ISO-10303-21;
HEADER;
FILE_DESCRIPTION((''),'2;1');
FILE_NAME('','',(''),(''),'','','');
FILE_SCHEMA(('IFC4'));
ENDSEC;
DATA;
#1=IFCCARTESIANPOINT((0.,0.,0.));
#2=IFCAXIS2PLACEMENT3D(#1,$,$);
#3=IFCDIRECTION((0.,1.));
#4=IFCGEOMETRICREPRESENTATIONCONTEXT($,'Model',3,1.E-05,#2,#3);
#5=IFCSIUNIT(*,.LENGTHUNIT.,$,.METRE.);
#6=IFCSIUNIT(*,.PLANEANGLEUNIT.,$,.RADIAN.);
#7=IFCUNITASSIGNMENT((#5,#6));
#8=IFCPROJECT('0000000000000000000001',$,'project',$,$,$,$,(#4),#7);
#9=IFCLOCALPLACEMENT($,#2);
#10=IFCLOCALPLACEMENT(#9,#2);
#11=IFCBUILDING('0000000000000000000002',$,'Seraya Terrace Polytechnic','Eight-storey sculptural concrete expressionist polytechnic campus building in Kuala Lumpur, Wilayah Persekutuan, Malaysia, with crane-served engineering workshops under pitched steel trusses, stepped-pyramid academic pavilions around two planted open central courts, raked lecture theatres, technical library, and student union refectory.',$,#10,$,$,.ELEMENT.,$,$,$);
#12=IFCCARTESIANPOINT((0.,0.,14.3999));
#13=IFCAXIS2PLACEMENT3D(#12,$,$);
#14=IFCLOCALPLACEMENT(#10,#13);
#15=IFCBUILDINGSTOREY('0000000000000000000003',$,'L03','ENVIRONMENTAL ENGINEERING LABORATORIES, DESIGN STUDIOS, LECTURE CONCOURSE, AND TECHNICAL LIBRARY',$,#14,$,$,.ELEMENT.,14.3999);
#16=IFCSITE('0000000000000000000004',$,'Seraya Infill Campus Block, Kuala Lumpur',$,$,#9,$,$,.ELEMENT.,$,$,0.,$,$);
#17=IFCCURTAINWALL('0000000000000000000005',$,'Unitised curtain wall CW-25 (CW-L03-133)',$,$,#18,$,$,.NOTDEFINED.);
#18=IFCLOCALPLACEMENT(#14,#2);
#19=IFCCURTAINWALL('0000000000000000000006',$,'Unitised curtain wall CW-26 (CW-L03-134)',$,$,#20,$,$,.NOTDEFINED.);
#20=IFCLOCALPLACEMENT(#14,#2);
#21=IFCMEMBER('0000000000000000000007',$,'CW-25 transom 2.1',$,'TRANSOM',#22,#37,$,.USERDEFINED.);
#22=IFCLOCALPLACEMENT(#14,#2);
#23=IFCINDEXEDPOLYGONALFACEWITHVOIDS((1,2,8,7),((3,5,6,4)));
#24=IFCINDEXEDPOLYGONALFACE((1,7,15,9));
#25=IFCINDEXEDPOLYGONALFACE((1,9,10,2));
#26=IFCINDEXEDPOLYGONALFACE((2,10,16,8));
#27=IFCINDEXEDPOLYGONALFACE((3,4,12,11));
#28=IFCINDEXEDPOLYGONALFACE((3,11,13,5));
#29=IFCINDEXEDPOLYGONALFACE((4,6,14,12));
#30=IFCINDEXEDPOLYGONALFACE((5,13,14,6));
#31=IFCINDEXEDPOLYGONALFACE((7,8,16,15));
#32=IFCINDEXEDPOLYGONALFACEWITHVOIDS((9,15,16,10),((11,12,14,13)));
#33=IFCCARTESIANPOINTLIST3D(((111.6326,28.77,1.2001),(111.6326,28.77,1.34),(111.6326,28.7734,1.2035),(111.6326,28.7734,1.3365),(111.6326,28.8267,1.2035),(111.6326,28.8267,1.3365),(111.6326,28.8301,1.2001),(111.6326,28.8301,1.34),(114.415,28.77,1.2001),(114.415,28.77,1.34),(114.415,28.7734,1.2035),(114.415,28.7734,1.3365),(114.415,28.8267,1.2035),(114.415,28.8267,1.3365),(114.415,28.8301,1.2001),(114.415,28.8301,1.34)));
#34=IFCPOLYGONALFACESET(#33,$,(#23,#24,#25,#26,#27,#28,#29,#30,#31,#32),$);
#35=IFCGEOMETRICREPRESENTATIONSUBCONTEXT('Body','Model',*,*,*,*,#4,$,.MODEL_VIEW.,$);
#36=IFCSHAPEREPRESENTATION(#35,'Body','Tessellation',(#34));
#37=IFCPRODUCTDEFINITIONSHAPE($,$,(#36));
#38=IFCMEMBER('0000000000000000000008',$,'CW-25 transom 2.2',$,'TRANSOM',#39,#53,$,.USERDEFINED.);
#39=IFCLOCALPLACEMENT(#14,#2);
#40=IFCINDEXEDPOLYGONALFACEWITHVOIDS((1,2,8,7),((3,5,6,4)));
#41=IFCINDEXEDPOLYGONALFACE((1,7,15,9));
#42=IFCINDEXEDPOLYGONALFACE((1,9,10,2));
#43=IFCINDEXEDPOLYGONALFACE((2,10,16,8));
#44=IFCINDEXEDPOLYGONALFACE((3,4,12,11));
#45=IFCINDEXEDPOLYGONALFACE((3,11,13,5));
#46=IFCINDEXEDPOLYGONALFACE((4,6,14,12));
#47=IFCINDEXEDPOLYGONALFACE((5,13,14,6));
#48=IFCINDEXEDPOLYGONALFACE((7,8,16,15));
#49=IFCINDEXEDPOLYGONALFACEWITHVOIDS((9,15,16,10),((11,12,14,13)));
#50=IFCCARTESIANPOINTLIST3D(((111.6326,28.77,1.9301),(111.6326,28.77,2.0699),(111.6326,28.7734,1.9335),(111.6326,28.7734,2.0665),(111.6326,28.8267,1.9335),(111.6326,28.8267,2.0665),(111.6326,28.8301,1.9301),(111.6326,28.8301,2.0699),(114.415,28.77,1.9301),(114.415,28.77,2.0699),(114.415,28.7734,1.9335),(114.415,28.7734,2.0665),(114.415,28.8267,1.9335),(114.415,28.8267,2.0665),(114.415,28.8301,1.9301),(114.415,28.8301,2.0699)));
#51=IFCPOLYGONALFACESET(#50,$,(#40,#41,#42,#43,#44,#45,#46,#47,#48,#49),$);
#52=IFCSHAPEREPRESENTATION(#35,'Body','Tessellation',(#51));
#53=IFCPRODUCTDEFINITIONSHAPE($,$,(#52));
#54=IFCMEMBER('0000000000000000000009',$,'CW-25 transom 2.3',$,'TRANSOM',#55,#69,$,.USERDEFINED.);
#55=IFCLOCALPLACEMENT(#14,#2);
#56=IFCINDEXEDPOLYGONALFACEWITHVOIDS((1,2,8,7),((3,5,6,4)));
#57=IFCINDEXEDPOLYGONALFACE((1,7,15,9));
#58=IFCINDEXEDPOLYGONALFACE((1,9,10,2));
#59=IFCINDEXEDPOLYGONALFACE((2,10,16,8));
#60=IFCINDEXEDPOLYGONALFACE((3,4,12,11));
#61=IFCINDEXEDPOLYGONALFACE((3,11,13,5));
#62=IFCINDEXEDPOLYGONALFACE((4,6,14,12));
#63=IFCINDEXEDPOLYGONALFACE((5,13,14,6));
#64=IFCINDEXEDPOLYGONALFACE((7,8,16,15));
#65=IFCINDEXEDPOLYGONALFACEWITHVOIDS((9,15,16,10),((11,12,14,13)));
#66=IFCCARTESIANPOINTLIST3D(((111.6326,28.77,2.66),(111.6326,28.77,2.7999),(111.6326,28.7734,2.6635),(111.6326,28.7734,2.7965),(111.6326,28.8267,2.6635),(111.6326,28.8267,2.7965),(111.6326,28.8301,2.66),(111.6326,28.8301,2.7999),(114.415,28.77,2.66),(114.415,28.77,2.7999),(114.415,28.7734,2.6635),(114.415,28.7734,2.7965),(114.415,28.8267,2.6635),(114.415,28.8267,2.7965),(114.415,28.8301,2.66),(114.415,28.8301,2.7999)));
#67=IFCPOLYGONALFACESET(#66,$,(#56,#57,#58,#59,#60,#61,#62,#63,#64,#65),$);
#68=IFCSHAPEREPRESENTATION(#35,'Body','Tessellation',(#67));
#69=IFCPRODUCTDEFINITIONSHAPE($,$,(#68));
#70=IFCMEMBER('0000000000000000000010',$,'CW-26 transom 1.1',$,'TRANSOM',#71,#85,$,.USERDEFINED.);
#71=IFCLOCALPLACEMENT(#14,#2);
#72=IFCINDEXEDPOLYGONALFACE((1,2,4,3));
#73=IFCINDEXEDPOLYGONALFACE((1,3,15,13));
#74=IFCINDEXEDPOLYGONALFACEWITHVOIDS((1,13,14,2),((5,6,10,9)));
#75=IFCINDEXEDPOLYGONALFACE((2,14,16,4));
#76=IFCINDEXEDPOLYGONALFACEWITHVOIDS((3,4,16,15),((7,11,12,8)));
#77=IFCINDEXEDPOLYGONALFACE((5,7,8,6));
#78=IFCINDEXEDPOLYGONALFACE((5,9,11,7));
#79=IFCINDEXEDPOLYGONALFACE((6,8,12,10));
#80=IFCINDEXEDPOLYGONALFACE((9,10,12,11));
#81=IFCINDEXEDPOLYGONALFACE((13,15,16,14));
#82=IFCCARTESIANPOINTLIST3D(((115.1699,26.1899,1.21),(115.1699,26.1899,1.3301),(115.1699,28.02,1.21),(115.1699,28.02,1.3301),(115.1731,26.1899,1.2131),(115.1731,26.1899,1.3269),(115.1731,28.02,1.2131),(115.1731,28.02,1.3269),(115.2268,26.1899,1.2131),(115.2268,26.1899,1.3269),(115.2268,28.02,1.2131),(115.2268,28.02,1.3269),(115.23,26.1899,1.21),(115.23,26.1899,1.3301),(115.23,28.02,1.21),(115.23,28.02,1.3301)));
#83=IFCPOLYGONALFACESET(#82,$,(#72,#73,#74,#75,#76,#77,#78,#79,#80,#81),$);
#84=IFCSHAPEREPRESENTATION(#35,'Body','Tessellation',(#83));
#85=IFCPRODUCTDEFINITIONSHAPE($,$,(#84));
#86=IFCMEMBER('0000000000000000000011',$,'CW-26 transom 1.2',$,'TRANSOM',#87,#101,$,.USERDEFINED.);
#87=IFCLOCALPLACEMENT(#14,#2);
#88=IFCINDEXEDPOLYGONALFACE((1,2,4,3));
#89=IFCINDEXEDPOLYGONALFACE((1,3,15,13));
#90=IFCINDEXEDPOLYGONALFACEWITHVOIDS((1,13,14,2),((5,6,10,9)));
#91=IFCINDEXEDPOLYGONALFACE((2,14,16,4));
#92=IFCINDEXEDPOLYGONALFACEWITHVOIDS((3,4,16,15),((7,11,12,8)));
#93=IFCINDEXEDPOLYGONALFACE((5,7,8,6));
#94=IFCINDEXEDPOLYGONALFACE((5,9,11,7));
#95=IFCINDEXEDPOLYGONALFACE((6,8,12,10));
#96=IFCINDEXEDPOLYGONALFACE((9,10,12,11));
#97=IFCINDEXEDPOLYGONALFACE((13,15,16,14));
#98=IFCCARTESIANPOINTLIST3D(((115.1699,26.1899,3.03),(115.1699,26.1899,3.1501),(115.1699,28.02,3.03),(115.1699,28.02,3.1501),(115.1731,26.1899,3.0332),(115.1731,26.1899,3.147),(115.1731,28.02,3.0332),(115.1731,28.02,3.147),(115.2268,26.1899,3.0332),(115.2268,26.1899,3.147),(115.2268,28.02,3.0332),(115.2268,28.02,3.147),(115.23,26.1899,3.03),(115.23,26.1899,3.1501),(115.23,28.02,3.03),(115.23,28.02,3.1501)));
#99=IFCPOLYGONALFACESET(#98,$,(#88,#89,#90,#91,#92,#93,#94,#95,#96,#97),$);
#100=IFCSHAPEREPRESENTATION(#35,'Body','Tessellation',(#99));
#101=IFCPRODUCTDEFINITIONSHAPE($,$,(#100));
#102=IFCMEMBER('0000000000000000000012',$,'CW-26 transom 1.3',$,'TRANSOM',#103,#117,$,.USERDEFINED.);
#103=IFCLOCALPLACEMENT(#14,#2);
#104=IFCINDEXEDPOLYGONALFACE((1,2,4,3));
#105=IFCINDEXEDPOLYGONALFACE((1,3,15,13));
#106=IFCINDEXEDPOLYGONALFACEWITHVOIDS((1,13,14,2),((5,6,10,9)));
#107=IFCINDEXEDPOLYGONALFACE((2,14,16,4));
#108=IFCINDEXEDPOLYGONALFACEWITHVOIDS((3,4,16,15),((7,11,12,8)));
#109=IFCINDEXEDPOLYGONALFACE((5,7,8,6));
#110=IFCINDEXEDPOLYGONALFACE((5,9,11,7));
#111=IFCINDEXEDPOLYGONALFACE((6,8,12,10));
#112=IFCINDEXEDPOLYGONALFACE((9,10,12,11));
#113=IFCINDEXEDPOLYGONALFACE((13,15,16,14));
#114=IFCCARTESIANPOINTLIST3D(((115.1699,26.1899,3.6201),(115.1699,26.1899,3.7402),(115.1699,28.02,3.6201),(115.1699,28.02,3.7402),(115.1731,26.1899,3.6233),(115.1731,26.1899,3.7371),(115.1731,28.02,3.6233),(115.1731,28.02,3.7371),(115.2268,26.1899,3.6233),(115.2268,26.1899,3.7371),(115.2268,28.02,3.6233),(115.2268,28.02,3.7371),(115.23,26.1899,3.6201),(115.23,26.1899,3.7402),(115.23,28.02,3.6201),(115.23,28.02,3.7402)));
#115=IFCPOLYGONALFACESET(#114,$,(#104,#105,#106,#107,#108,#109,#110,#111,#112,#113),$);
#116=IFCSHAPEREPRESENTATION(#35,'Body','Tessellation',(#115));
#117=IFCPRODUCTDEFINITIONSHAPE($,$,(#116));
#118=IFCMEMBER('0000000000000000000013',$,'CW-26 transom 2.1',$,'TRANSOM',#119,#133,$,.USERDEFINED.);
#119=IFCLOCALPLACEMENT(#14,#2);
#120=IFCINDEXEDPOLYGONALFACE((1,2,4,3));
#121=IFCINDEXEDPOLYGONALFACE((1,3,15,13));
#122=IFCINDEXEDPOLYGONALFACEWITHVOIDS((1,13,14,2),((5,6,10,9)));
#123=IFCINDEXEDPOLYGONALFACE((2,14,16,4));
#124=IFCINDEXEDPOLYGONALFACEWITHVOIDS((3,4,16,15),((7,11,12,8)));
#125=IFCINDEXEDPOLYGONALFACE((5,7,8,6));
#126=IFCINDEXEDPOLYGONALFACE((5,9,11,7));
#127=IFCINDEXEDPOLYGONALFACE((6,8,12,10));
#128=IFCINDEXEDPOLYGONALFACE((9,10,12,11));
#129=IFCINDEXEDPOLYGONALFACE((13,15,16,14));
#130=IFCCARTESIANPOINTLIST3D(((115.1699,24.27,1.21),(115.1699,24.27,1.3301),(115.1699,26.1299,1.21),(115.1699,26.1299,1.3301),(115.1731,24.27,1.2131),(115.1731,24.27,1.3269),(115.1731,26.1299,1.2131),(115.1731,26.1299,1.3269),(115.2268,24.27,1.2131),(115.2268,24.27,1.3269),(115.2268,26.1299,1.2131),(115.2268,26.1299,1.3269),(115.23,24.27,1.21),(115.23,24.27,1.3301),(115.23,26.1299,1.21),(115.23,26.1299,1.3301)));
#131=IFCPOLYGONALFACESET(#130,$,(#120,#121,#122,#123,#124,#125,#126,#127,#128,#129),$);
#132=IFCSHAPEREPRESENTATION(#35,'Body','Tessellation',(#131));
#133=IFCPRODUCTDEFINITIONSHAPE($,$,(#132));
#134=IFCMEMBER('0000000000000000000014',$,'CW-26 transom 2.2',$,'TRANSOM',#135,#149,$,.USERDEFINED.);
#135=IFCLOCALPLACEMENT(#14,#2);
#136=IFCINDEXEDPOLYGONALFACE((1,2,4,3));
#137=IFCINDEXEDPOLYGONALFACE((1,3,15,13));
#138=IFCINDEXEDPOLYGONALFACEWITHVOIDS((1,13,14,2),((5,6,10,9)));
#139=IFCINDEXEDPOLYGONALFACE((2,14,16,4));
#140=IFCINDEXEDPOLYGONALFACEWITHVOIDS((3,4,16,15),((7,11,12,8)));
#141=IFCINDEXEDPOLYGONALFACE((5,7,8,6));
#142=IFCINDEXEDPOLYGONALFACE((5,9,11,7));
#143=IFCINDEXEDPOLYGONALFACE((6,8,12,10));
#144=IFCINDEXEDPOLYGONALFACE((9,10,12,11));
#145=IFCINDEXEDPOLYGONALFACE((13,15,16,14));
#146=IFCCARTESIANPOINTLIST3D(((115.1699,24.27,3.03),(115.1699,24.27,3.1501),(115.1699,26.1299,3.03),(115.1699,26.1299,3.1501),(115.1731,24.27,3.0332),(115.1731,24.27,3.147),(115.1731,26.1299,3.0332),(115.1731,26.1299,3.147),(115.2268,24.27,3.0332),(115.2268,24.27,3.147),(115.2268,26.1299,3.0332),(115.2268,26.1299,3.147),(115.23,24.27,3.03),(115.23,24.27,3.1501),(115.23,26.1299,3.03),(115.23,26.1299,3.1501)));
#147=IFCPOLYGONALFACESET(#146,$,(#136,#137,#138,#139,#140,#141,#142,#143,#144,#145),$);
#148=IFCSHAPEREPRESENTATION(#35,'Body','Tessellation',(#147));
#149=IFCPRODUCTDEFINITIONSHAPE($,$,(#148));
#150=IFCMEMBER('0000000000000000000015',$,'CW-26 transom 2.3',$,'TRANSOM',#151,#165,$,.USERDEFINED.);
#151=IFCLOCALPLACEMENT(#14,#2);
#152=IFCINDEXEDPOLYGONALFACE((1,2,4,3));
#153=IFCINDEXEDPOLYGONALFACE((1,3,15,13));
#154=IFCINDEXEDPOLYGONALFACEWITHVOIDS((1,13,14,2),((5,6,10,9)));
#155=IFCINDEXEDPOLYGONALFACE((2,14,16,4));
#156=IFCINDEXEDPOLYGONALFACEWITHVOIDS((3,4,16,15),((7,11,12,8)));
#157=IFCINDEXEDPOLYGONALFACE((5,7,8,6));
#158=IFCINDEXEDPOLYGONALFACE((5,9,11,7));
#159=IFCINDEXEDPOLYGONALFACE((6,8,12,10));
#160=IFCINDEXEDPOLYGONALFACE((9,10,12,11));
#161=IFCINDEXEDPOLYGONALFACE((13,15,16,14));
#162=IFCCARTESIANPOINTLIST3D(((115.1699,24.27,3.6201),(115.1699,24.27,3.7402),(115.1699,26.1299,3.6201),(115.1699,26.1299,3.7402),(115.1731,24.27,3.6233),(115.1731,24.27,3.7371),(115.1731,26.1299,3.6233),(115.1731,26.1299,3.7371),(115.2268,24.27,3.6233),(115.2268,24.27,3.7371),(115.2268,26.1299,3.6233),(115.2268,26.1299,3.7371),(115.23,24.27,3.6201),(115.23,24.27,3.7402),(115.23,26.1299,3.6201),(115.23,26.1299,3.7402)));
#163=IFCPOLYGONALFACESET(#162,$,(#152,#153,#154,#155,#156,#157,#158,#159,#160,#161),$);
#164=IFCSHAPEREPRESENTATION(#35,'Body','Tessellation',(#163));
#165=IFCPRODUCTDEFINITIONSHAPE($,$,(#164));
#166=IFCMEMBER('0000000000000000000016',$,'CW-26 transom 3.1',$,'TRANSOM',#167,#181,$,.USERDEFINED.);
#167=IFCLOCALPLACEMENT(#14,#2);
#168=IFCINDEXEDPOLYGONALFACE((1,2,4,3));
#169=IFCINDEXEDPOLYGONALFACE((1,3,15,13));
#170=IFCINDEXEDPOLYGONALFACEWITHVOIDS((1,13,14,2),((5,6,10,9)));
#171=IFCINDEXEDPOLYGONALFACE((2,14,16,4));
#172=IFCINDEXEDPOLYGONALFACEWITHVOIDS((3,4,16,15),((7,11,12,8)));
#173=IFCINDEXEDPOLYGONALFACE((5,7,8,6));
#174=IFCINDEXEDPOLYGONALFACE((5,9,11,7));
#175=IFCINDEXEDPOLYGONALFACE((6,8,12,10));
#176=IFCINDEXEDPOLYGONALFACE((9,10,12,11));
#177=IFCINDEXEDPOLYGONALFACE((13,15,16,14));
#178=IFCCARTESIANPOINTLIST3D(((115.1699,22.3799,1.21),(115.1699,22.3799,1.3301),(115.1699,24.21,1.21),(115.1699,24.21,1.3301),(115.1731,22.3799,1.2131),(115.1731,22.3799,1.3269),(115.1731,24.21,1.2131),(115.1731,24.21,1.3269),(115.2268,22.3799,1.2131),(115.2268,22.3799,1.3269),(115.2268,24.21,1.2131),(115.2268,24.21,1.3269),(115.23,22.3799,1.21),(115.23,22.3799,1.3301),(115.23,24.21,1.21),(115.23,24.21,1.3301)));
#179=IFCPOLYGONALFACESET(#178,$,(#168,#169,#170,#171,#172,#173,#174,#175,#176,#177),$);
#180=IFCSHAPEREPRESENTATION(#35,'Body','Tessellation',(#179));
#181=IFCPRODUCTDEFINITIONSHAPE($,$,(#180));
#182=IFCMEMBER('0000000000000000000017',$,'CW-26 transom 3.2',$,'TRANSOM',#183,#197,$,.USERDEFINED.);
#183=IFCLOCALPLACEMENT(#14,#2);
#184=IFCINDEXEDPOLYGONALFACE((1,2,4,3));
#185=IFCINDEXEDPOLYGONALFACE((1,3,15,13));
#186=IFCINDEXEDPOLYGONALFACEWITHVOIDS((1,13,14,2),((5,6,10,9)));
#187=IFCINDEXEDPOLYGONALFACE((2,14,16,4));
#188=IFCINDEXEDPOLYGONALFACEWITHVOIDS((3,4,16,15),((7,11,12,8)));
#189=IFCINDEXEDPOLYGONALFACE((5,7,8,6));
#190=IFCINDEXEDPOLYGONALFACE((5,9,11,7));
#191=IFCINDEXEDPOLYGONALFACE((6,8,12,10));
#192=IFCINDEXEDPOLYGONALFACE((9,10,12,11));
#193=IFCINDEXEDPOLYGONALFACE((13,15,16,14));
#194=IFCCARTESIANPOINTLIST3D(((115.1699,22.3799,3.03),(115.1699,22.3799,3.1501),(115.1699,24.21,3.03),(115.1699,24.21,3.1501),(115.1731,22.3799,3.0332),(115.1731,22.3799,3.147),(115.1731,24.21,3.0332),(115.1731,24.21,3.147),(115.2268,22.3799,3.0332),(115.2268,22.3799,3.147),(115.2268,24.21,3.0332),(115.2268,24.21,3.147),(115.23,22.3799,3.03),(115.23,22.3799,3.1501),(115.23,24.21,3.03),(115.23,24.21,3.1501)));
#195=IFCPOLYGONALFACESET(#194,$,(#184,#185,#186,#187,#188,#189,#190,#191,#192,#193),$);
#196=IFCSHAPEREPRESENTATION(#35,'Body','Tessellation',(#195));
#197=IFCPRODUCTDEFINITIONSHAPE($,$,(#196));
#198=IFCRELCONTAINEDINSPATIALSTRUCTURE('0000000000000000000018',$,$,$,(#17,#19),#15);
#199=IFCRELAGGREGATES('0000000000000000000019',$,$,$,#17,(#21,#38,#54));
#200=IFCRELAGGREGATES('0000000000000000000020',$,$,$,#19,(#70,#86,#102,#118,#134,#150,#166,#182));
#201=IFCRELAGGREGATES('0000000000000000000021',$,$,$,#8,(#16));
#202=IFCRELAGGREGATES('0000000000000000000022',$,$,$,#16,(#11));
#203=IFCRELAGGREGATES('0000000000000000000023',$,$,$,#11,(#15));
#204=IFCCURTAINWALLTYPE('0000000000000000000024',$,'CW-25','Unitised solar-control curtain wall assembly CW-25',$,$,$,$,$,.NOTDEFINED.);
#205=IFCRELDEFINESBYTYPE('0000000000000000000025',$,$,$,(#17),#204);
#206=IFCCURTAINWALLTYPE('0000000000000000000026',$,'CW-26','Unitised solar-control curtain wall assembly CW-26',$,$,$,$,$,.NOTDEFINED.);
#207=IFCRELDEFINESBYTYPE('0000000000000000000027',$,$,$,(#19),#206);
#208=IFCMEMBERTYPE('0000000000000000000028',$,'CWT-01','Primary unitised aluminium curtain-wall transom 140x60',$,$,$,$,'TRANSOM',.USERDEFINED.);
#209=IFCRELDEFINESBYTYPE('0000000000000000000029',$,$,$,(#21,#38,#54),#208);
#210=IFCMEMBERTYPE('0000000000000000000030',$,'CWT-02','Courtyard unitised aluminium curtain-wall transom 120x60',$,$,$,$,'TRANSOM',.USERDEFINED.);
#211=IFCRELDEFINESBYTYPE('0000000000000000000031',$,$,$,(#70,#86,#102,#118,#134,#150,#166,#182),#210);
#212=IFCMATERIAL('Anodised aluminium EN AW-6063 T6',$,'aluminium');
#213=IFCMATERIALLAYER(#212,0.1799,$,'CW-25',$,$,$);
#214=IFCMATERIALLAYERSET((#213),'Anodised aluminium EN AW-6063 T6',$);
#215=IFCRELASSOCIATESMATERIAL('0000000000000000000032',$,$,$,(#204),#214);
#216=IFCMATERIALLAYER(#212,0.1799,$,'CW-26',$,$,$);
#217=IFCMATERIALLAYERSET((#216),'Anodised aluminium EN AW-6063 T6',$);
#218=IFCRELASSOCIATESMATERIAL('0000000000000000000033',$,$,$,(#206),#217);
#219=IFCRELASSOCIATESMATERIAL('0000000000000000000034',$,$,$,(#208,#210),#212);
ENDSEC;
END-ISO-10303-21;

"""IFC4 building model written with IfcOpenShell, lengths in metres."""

from ifc_helpers import new_model, si_unit, direction, frame, origin, origin_2d, place, context, subcontext, project, spatial, hollow_rectangle, extrude, material, layer, layer_set, material_profile, profile_set, type_object, element, aggregate, save


model = new_model("IFC4")

# Units and contexts
model_context = context("Model", 3, precision=1e-05, world=origin(), true_north=direction((0.0, 1.0)))
body_context = subcontext(model_context, "Body", "Model", "MODEL_VIEW")
ifc_project = project(units=[si_unit("LENGTHUNIT", "METRE"), si_unit("PLANEANGLEUNIT", "RADIAN")], contexts=[model_context])

# Site, building, storey
site_placement = place(None, origin())
site = spatial("IfcSite", under=ifc_project, at=site_placement, Name="Seraya Infill Campus Block, Kuala Lumpur", CompositionType="ELEMENT", RefElevation=0.0)
building_placement = place(site_placement, origin())
building = spatial("IfcBuilding", under=site, at=building_placement, Name="Seraya Terrace Polytechnic", Description="Eight-storey sculptural concrete expressionist polytechnic campus building in Kuala Lumpur, Wilayah Persekutuan, Malaysia, with crane-served engineering workshops under pitched steel trusses, stepped-pyramid academic pavilions around two planted open central courts, raked lecture theatres, technical library, and student union refectory.", CompositionType="ELEMENT")
storey_placement = place(building_placement, frame((0.0, 0.0, 14.3999)))
storey = spatial("IfcBuildingStorey", under=building, at=storey_placement, Name="L03", Description="ENVIRONMENTAL ENGINEERING LABORATORIES, DESIGN STUDIOS, LECTURE CONCOURSE, AND TECHNICAL LIBRARY", CompositionType="ELEMENT", Elevation=14.3999)

# Curtain walls
ifc_material_1 = material(Name="Anodised aluminium EN AW-6063 T6", Category="aluminium")
ifc_layer_1 = layer(ifc_material_1, 0.1799, Name="CW-25")
ifc_layer_set_1 = layer_set([ifc_layer_1], Name="Anodised aluminium EN AW-6063 T6")
curtain_wall_type_1 = type_object("IfcCurtainWallType", Name="CW-25", Description="Unitised solar-control curtain wall assembly CW-25", PredefinedType="NOTDEFINED", material=ifc_layer_set_1)
curtain_wall_1_placement = place(storey_placement, origin())
curtain_wall_1 = element("IfcCurtainWall", 1, at=curtain_wall_1_placement, inside=storey, type_object=curtain_wall_type_1, Name="Unitised curtain wall CW-25 (CW-L03-133)", PredefinedType="NOTDEFINED")
ifc_layer_2 = layer(ifc_material_1, 0.1799, Name="CW-26")
ifc_layer_set_2 = layer_set([ifc_layer_2], Name="Anodised aluminium EN AW-6063 T6")
curtain_wall_type_2 = type_object("IfcCurtainWallType", Name="CW-26", Description="Unitised solar-control curtain wall assembly CW-26", PredefinedType="NOTDEFINED", material=ifc_layer_set_2)
curtain_wall_2_placement = place(storey_placement, origin())
curtain_wall_2 = element("IfcCurtainWall", 2, at=curtain_wall_2_placement, inside=storey, type_object=curtain_wall_type_2, Name="Unitised curtain wall CW-26 (CW-L03-134)", PredefinedType="NOTDEFINED")

# Members
ifc_material_profile_1 = material_profile(ifc_material_1, hollow_rectangle(XDim=0.0601, YDim=0.1399, WallThickness=0.0034, at=origin_2d()), Name="RHS 140x60x3.5")
ifc_profile_set_1 = profile_set([ifc_material_profile_1], Name="Anodised aluminium EN AW-6063 T6")
member_type_1 = type_object("IfcMemberType", Name="CWT-01", Description="Primary unitised aluminium curtain-wall transom 140x60", ElementType="TRANSOM", PredefinedType="USERDEFINED", material=ifc_profile_set_1)
member_1_placement = place(storey_placement, frame((111.6326, 28.8, 1.27), z_axis=(1.0, 0.0, 0.0), x_axis=(0.0, 1.0, 0.0)))
member_1 = element("IfcMember", 3, at=member_1_placement, type_object=member_type_1, Name="CW-25 transom 2.1", ObjectType="TRANSOM", PredefinedType="USERDEFINED", context=body_context, shape_type="SweptSolid", body=[
    extrude(hollow_rectangle(XDim=0.0601, YDim=0.1399, WallThickness=0.0034, at=origin_2d()), origin(), (0.0, 0.0, 1.0), 2.7825),
])
member_2_placement = place(storey_placement, frame((111.6326, 28.8, 2.0), z_axis=(1.0, 0.0, 0.0), x_axis=(0.0, 1.0, 0.0)))
member_2 = element("IfcMember", 4, at=member_2_placement, type_object=member_type_1, Name="CW-25 transom 2.2", ObjectType="TRANSOM", PredefinedType="USERDEFINED", context=body_context, shape_type="SweptSolid", body=[
    extrude(hollow_rectangle(XDim=0.0601, YDim=0.1399, WallThickness=0.0034, at=origin_2d()), origin(), (0.0, 0.0, 1.0), 2.7825),
])
member_3_placement = place(storey_placement, frame((111.6326, 28.8, 2.73), z_axis=(1.0, 0.0, 0.0), x_axis=(0.0, 1.0, 0.0)))
member_3 = element("IfcMember", 5, at=member_3_placement, type_object=member_type_1, Name="CW-25 transom 2.3", ObjectType="TRANSOM", PredefinedType="USERDEFINED", context=body_context, shape_type="SweptSolid", body=[
    extrude(hollow_rectangle(XDim=0.0601, YDim=0.1399, WallThickness=0.0034, at=origin_2d()), origin(), (0.0, 0.0, 1.0), 2.7825),
])
ifc_material_profile_2 = material_profile(ifc_material_1, hollow_rectangle(XDim=0.0601, YDim=0.1201, WallThickness=0.0032, at=origin_2d()), Name="RHS 120x60x3.2")
ifc_profile_set_2 = profile_set([ifc_material_profile_2], Name="Anodised aluminium EN AW-6063 T6")
member_type_2 = type_object("IfcMemberType", Name="CWT-02", Description="Courtyard unitised aluminium curtain-wall transom 120x60", ElementType="TRANSOM", PredefinedType="USERDEFINED", material=ifc_profile_set_2)
member_4_placement = place(storey_placement, frame((115.2, 28.02, 1.27), z_axis=(0.0, -1.0, 0.0), x_axis=(1.0, 0.0, 0.0)))
member_4 = element("IfcMember", 6, at=member_4_placement, type_object=member_type_2, Name="CW-26 transom 1.1", ObjectType="TRANSOM", PredefinedType="USERDEFINED", context=body_context, shape_type="SweptSolid", body=[
    extrude(hollow_rectangle(XDim=0.0601, YDim=0.1201, WallThickness=0.0032, at=origin_2d()), origin(), (0.0, 0.0, 1.0), 1.8301),
])
member_5_placement = place(storey_placement, frame((115.2, 28.02, 3.0901), z_axis=(0.0, -1.0, 0.0), x_axis=(1.0, 0.0, 0.0)))
member_5 = element("IfcMember", 7, at=member_5_placement, type_object=member_type_2, Name="CW-26 transom 1.2", ObjectType="TRANSOM", PredefinedType="USERDEFINED", context=body_context, shape_type="SweptSolid", body=[
    extrude(hollow_rectangle(XDim=0.0601, YDim=0.1201, WallThickness=0.0032, at=origin_2d()), origin(), (0.0, 0.0, 1.0), 1.8301),
])
member_6_placement = place(storey_placement, frame((115.2, 28.02, 3.6802), z_axis=(0.0, -1.0, 0.0), x_axis=(1.0, 0.0, 0.0)))
member_6 = element("IfcMember", 8, at=member_6_placement, type_object=member_type_2, Name="CW-26 transom 1.3", ObjectType="TRANSOM", PredefinedType="USERDEFINED", context=body_context, shape_type="SweptSolid", body=[
    extrude(hollow_rectangle(XDim=0.0601, YDim=0.1201, WallThickness=0.0032, at=origin_2d()), origin(), (0.0, 0.0, 1.0), 1.8301),
])
member_7_placement = place(storey_placement, frame((115.2, 26.1299, 1.27), z_axis=(0.0, -1.0, 0.0), x_axis=(1.0, 0.0, 0.0)))
member_7 = element("IfcMember", 9, at=member_7_placement, type_object=member_type_2, Name="CW-26 transom 2.1", ObjectType="TRANSOM", PredefinedType="USERDEFINED", context=body_context, shape_type="SweptSolid", body=[
    extrude(hollow_rectangle(XDim=0.0601, YDim=0.1201, WallThickness=0.0032, at=origin_2d()), origin(), (0.0, 0.0, 1.0), 1.8599),
])
member_8_placement = place(storey_placement, frame((115.2, 26.1299, 3.0901), z_axis=(0.0, -1.0, 0.0), x_axis=(1.0, 0.0, 0.0)))
member_8 = element("IfcMember", 10, at=member_8_placement, type_object=member_type_2, Name="CW-26 transom 2.2", ObjectType="TRANSOM", PredefinedType="USERDEFINED", context=body_context, shape_type="SweptSolid", body=[
    extrude(hollow_rectangle(XDim=0.0601, YDim=0.1201, WallThickness=0.0032, at=origin_2d()), origin(), (0.0, 0.0, 1.0), 1.8599),
])
member_9_placement = place(storey_placement, frame((115.2, 26.1299, 3.6802), z_axis=(0.0, -1.0, 0.0), x_axis=(1.0, 0.0, 0.0)))
member_9 = element("IfcMember", 11, at=member_9_placement, type_object=member_type_2, Name="CW-26 transom 2.3", ObjectType="TRANSOM", PredefinedType="USERDEFINED", context=body_context, shape_type="SweptSolid", body=[
    extrude(hollow_rectangle(XDim=0.0601, YDim=0.1201, WallThickness=0.0032, at=origin_2d()), origin(), (0.0, 0.0, 1.0), 1.8599),
])
member_10_placement = place(storey_placement, frame((115.2, 24.21, 1.27), z_axis=(0.0, -1.0, 0.0), x_axis=(1.0, 0.0, 0.0)))
member_10 = element("IfcMember", 12, at=member_10_placement, type_object=member_type_2, Name="CW-26 transom 3.1", ObjectType="TRANSOM", PredefinedType="USERDEFINED", context=body_context, shape_type="SweptSolid", body=[
    extrude(hollow_rectangle(XDim=0.0601, YDim=0.1201, WallThickness=0.0032, at=origin_2d()), origin(), (0.0, 0.0, 1.0), 1.8301),
])
member_11_placement = place(storey_placement, frame((115.2, 24.21, 3.0901), z_axis=(0.0, -1.0, 0.0), x_axis=(1.0, 0.0, 0.0)))
member_11 = element("IfcMember", 13, at=member_11_placement, type_object=member_type_2, Name="CW-26 transom 3.2", ObjectType="TRANSOM", PredefinedType="USERDEFINED", context=body_context, shape_type="SweptSolid", body=[
    extrude(hollow_rectangle(XDim=0.0601, YDim=0.1201, WallThickness=0.0032, at=origin_2d()), origin(), (0.0, 0.0, 1.0), 1.8301),
])

aggregate(curtain_wall_1, [member_1, member_2, member_3])
aggregate(curtain_wall_2, [member_4, member_5, member_6, member_7, member_8, member_9, member_10, member_11])

save(model, "model.ifc")
